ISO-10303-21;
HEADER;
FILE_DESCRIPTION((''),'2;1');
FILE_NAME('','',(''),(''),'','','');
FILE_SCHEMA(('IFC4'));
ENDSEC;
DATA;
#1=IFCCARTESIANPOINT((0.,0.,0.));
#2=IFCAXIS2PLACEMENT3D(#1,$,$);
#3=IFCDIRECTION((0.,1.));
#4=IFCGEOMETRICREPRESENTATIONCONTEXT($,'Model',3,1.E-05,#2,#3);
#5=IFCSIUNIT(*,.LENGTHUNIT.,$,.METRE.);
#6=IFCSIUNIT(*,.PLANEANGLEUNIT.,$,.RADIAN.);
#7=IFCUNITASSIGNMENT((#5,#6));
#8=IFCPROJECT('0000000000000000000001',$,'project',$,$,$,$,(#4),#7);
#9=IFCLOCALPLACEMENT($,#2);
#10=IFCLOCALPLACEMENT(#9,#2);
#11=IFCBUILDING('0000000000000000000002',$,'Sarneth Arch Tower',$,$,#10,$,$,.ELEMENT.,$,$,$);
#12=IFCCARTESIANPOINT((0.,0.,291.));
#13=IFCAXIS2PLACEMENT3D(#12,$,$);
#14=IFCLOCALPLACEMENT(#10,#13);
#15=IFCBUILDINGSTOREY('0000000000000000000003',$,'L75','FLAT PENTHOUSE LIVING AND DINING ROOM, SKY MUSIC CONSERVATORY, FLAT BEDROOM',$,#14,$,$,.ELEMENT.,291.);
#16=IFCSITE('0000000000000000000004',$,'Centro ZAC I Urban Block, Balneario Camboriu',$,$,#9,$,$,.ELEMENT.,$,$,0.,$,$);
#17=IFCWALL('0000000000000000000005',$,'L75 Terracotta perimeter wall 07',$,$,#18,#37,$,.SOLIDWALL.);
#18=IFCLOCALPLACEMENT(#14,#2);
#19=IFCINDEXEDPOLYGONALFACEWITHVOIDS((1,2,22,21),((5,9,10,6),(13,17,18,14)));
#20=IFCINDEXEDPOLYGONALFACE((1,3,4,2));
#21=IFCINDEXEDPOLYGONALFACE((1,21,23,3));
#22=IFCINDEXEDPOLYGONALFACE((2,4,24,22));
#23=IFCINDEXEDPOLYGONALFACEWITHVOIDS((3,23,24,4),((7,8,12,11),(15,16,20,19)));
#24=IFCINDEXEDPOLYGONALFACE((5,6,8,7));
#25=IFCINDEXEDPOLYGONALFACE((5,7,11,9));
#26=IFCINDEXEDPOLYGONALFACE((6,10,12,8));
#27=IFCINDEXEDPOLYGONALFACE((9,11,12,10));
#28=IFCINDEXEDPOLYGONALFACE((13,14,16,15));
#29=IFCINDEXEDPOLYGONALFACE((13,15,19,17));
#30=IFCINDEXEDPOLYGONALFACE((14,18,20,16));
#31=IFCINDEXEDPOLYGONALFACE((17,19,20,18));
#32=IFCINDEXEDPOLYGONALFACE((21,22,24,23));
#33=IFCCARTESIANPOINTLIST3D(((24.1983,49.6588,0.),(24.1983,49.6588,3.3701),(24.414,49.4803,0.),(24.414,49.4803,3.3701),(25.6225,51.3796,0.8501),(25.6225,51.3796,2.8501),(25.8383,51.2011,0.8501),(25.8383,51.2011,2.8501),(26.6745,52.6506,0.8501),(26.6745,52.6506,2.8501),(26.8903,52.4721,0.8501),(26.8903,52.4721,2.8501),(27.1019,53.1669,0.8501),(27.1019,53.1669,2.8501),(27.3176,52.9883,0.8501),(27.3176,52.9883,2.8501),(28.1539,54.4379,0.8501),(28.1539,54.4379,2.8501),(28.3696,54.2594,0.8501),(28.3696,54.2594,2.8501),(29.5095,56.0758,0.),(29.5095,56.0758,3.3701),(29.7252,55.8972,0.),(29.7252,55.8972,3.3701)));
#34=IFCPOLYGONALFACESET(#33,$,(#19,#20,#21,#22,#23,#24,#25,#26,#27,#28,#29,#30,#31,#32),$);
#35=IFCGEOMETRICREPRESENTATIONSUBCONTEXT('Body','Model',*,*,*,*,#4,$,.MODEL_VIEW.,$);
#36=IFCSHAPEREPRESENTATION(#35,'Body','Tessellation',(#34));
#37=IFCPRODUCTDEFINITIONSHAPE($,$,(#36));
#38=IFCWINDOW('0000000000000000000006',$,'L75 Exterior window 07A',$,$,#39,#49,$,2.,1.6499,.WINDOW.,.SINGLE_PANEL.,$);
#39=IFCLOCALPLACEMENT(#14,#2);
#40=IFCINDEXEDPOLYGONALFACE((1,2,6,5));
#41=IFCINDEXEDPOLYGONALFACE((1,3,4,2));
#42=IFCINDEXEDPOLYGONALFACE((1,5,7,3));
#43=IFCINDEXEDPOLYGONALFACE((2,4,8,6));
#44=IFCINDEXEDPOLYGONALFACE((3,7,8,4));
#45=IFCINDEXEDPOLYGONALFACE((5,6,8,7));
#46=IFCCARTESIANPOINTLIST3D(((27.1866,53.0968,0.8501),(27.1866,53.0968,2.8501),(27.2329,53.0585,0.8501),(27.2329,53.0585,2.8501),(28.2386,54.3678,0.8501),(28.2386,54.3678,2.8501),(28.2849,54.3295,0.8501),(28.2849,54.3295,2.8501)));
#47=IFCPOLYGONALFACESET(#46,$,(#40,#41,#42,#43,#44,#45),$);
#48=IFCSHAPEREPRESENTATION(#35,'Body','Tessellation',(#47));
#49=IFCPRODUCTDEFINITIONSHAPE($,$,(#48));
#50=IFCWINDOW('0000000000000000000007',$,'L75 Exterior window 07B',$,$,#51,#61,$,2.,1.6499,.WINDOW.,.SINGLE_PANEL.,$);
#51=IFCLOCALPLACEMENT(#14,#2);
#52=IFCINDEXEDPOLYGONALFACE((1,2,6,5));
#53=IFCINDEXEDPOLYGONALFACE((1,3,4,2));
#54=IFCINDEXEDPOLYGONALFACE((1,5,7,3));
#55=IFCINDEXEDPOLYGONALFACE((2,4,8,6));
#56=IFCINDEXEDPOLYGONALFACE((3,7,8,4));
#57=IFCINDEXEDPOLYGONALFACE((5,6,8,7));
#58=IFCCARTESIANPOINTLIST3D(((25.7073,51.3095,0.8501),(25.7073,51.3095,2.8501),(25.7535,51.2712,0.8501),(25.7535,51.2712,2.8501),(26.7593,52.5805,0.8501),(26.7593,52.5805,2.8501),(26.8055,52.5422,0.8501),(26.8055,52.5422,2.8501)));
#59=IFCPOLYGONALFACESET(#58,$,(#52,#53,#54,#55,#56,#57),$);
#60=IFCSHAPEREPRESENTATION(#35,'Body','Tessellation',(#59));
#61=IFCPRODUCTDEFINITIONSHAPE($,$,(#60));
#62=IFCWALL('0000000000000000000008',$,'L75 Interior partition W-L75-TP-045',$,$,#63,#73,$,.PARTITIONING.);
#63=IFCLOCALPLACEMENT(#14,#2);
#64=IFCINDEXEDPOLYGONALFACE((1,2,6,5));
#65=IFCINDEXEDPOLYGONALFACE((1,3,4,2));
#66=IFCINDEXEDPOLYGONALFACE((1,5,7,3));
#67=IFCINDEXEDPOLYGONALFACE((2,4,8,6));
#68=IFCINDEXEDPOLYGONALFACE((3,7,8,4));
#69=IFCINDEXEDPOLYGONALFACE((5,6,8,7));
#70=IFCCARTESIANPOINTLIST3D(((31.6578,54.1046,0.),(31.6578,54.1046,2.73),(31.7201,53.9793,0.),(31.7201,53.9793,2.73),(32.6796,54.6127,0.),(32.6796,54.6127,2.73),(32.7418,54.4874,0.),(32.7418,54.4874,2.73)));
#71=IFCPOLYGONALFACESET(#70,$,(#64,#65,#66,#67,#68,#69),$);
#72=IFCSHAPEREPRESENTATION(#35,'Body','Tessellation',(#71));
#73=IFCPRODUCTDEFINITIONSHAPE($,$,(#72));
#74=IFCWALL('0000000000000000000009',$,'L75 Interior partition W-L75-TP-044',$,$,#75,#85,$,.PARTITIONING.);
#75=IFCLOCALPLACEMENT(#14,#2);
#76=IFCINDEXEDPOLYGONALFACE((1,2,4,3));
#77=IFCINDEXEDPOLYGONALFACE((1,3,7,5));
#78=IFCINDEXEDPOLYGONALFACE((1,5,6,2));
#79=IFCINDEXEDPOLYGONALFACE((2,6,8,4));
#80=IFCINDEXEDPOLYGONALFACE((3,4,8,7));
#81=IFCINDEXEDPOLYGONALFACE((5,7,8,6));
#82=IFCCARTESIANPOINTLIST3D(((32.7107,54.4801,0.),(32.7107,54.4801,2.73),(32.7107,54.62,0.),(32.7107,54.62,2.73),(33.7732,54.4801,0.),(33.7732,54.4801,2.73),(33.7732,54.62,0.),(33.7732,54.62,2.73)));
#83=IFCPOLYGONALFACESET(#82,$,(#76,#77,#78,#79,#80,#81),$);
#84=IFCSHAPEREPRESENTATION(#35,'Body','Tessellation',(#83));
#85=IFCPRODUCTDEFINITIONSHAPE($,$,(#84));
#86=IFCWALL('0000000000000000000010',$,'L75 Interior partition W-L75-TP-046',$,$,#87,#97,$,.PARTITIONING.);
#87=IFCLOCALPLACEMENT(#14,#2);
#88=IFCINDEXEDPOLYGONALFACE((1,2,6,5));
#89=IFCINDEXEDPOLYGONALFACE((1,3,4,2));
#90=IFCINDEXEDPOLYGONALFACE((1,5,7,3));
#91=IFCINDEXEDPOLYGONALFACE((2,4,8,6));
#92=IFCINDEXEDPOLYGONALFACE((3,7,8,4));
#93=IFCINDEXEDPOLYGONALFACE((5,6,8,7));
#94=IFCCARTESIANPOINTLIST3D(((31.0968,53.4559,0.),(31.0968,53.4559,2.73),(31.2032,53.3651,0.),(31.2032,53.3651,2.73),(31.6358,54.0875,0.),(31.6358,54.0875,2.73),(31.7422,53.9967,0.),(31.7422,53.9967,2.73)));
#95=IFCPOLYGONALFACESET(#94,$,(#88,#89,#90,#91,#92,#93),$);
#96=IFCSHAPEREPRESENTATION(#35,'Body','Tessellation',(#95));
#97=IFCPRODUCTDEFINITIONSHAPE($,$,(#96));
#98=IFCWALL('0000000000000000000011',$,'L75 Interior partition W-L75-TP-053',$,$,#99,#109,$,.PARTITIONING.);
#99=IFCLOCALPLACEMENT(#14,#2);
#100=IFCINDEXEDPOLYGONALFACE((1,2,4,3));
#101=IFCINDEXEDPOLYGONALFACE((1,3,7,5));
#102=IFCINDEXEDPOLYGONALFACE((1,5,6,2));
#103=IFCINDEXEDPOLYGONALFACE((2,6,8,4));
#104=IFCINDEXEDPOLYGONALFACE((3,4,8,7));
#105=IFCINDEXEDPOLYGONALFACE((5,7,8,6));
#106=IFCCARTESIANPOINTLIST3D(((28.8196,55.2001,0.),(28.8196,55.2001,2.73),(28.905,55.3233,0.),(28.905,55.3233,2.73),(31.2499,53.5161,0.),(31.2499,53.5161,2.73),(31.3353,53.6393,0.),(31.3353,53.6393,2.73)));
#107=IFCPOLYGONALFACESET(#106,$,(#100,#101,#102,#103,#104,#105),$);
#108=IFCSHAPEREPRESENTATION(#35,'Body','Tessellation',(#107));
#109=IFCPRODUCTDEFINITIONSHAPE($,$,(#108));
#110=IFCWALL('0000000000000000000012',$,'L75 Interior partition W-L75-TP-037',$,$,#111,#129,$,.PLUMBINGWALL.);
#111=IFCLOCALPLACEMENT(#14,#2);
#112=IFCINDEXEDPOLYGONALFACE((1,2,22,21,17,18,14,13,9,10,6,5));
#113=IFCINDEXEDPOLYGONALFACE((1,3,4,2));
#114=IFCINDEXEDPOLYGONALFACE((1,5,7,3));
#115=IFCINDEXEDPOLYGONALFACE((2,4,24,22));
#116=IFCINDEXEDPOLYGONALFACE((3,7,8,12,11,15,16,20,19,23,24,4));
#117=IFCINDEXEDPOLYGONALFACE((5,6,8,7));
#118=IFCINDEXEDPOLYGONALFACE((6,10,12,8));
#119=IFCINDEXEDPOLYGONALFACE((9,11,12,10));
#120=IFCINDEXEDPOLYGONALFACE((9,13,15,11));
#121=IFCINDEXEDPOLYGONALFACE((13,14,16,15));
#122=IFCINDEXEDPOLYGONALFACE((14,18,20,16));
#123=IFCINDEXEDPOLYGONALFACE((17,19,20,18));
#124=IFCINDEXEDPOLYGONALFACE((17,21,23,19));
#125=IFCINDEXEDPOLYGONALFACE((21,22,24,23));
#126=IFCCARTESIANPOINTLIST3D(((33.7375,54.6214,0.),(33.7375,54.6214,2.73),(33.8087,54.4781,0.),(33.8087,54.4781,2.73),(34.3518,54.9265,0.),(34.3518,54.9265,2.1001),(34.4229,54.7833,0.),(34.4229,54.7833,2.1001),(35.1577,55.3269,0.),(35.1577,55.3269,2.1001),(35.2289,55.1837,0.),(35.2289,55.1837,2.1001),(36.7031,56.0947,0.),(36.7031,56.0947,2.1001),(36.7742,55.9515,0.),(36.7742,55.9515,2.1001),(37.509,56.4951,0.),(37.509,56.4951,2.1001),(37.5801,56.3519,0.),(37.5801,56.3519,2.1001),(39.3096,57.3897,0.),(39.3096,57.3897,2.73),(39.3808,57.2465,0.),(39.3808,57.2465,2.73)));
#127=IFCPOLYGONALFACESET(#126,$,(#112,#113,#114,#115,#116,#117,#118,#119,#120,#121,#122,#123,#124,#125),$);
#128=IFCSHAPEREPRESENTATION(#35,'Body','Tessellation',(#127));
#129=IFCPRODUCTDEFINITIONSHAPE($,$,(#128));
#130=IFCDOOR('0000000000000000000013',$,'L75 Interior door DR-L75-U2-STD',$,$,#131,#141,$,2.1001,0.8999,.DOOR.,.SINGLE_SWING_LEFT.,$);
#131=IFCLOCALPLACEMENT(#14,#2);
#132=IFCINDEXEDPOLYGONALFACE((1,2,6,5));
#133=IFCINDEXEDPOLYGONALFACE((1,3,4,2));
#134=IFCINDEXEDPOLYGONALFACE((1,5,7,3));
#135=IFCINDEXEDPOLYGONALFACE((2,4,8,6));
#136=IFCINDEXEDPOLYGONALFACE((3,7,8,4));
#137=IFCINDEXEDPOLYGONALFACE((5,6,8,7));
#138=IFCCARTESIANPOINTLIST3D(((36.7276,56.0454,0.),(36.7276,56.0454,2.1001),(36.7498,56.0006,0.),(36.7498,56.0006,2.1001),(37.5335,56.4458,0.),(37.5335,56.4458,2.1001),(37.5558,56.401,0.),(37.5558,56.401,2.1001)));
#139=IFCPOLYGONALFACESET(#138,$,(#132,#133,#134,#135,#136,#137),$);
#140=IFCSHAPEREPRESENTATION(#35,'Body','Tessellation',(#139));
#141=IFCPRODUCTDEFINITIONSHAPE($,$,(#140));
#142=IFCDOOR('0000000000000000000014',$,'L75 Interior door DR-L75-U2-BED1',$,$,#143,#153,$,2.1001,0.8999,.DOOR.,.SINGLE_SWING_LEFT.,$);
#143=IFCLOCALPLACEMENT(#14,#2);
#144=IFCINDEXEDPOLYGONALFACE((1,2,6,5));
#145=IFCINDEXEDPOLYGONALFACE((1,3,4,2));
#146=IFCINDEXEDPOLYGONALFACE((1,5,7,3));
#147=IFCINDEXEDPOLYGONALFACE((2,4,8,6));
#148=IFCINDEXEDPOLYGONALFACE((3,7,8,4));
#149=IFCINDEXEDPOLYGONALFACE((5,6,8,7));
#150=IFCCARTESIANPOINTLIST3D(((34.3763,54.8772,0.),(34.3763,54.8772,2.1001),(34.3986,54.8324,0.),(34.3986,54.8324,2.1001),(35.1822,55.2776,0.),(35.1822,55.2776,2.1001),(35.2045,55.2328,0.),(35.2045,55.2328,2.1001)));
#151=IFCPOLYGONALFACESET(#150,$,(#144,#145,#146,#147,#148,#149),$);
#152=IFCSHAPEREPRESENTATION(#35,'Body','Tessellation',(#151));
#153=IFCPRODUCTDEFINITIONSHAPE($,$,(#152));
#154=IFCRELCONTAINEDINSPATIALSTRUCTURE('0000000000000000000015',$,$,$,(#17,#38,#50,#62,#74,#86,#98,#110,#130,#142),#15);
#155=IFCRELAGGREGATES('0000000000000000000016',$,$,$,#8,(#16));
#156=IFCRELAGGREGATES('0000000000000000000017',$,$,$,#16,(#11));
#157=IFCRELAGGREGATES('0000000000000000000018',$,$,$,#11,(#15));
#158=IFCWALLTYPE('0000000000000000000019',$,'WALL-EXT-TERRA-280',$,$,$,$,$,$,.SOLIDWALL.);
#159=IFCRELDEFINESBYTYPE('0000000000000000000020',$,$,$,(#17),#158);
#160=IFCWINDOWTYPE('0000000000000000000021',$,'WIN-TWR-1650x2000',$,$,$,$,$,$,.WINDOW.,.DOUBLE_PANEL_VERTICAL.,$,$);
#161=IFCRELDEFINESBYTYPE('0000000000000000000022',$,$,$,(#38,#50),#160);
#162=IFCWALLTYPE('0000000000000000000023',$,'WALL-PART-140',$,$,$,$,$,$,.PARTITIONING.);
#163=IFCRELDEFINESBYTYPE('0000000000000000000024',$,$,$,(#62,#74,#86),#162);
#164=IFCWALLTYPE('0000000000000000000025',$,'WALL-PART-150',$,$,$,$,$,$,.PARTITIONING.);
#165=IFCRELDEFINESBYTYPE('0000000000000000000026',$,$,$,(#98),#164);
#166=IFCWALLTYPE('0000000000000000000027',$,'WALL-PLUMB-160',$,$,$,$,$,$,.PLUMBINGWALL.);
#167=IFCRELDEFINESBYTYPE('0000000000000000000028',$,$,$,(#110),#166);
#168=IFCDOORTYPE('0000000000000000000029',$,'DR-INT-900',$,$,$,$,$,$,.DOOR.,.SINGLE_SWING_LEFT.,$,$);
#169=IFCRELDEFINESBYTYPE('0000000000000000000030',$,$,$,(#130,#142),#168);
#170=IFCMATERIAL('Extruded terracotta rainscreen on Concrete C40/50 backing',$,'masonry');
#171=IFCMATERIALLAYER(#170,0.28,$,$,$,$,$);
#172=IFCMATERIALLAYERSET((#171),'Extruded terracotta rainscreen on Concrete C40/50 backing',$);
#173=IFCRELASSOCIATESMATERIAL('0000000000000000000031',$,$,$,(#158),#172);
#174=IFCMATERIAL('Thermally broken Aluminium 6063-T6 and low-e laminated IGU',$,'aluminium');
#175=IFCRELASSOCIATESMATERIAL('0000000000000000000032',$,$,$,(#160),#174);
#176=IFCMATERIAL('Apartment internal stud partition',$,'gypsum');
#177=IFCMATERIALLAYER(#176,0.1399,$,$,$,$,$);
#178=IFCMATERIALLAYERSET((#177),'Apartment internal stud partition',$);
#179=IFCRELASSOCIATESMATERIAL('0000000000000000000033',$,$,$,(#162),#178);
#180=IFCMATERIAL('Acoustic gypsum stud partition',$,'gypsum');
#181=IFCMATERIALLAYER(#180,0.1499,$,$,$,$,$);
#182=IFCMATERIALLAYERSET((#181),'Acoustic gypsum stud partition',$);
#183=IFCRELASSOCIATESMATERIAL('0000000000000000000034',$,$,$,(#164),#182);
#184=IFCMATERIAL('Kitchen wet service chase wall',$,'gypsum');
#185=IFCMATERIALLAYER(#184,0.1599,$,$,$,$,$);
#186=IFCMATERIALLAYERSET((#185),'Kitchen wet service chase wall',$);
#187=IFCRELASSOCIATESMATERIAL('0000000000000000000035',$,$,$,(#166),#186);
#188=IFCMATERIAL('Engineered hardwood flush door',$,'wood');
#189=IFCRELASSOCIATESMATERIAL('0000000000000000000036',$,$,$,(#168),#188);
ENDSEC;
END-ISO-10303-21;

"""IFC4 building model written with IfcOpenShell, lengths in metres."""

from ifc_helpers import new_model, si_unit, direction, frame, frame_2d, origin, place, context, subcontext, project, spatial, rectangle, extrude, material, layer, layer_set, type_object, element, fill, save


model = new_model("IFC4")

# Units and contexts
model_context = context("Model", 3, precision=1e-05, world=origin(), true_north=direction((0.0, 1.0)))
body_context = subcontext(model_context, "Body", "Model", "MODEL_VIEW")
ifc_project = project(units=[si_unit("LENGTHUNIT", "METRE"), si_unit("PLANEANGLEUNIT", "RADIAN")], contexts=[model_context])

# Site, building, storey
site_placement = place(None, origin())
site = spatial("IfcSite", under=ifc_project, at=site_placement, Name="Centro ZAC I Urban Block, Balneario Camboriu", CompositionType="ELEMENT", RefElevation=0.0)
building_placement = place(site_placement, origin())
building = spatial("IfcBuilding", under=site, at=building_placement, Name="Sarneth Arch Tower", CompositionType="ELEMENT")
storey_placement = place(building_placement, frame((0.0, 0.0, 291.0)))
storey = spatial("IfcBuildingStorey", under=building, at=storey_placement, Name="L75", Description="FLAT PENTHOUSE LIVING AND DINING ROOM, SKY MUSIC CONSERVATORY, FLAT BEDROOM", CompositionType="ELEMENT", Elevation=291.0)

# Wall, openings, windows
ifc_material_1 = material(Name="Extruded terracotta rainscreen on Concrete C40/50 backing", Category="masonry")
ifc_layer_1 = layer(ifc_material_1, 0.28)
ifc_layer_set_1 = layer_set([ifc_layer_1], Name="Extruded terracotta rainscreen on Concrete C40/50 backing")
wall_type_1 = type_object("IfcWallType", Name="WALL-EXT-TERRA-280", PredefinedType="SOLIDWALL", material=ifc_layer_set_1)
wall_1_placement = place(storey_placement, frame((29.6174, 55.9866, 0.0), z_axis=(0.0, 0.0, 1.0), x_axis=(-0.637615, -0.770355, 0.0)))
wall_1 = element("IfcWall", 1, at=wall_1_placement, inside=storey, type_object=wall_type_1, Name="L75 Terracotta perimeter wall 07", PredefinedType="SOLIDWALL", context=body_context, shape_type="SweptSolid", body=[
    extrude(rectangle(XDim=8.3298, YDim=0.28, at=frame_2d((4.165, 0.0))), origin(), (0.0, 0.0, 1.0), 3.3701),
])
opening_1_placement = place(wall_1_placement, frame((2.1262, 0.0, 0.8501)))
opening_1 = element("IfcOpeningElement", 2, at=opening_1_placement, cuts=wall_1, PredefinedType="OPENING", context=body_context, shape_type="SweptSolid", body=[
    extrude(rectangle(XDim=1.6499, YDim=2.0, at=frame_2d((0.825, 1.0))), frame((0.0, 0.1499, 0.0), z_axis=(0.0, -1.0, 0.0), x_axis=(1.0, 0.0, 0.0)), (0.0, 0.0, 1.0), 0.3),
])
opening_2_placement = place(wall_1_placement, frame((4.4463, 0.0, 0.8501)))
opening_2 = element("IfcOpeningElement", 3, at=opening_2_placement, cuts=wall_1, PredefinedType="OPENING", context=body_context, shape_type="SweptSolid", body=[
    extrude(rectangle(XDim=1.6499, YDim=2.0, at=frame_2d((0.825, 1.0))), frame((0.0, 0.1499, 0.0), z_axis=(0.0, -1.0, 0.0), x_axis=(1.0, 0.0, 0.0)), (0.0, 0.0, 1.0), 0.3),
])
ifc_material_2 = material(Name="Thermally broken Aluminium 6063-T6 and low-e laminated IGU", Category="aluminium")
window_type = type_object("IfcWindowType", Name="WIN-TWR-1650x2000", PartitioningType="DOUBLE_PANEL_VERTICAL", PredefinedType="WINDOW", material=ifc_material_2)
window_1_placement = place(opening_1_placement, origin())
window_1 = element("IfcWindow", 4, at=window_1_placement, inside=storey, type_object=window_type, Name="L75 Exterior window 07A", OverallHeight=2.0, OverallWidth=1.6499, PartitioningType="SINGLE_PANEL", PredefinedType="WINDOW", context=body_context, shape_type="SweptSolid", body=[
    extrude(rectangle(XDim=1.6499, YDim=2.0, at=frame_2d((0.825, 1.0))), frame((0.0, 0.03, 0.0), z_axis=(0.0, -1.0, 0.0), x_axis=(1.0, 0.0, 0.0)), (0.0, 0.0, 1.0), 0.0601),
])
fill(opening_1, window_1)
window_2_placement = place(opening_2_placement, origin())
window_2 = element("IfcWindow", 5, at=window_2_placement, inside=storey, type_object=window_type, Name="L75 Exterior window 07B", OverallHeight=2.0, OverallWidth=1.6499, PartitioningType="SINGLE_PANEL", PredefinedType="WINDOW", context=body_context, shape_type="SweptSolid", body=[
    extrude(rectangle(XDim=1.6499, YDim=2.0, at=frame_2d((0.825, 1.0))), frame((0.0, 0.03, 0.0), z_axis=(0.0, -1.0, 0.0), x_axis=(1.0, 0.0, 0.0)), (0.0, 0.0, 1.0), 0.0601),
])
fill(opening_2, window_2)

# Walls
ifc_material_3 = material(Name="Apartment internal stud partition", Category="gypsum")
ifc_layer_2 = layer(ifc_material_3, 0.1399)
ifc_layer_set_2 = layer_set([ifc_layer_2], Name="Apartment internal stud partition")
wall_type_2 = type_object("IfcWallType", Name="WALL-PART-140", PredefinedType="PARTITIONING", material=ifc_layer_set_2)
wall_2_placement = place(storey_placement, frame((32.7107, 54.55, 0.0), z_axis=(0.0, 0.0, 1.0), x_axis=(-0.895409, -0.445244, 0.0)))
element("IfcWall", 6, at=wall_2_placement, inside=storey, type_object=wall_type_2, Name="L75 Interior partition W-L75-TP-045", PredefinedType="PARTITIONING", context=body_context, shape_type="SweptSolid", body=[
    extrude(rectangle(XDim=1.1411, YDim=0.1399, at=frame_2d((0.5706, 0.0))), origin(), (0.0, 0.0, 1.0), 2.73),
])
wall_3_placement = place(storey_placement, frame((33.7732, 54.55, 0.0), z_axis=(0.0, 0.0, 1.0), x_axis=(-1.0, 0.0, 0.0)))
element("IfcWall", 7, at=wall_3_placement, inside=storey, type_object=wall_type_2, Name="L75 Interior partition W-L75-TP-044", PredefinedType="PARTITIONING", context=body_context, shape_type="SweptSolid", body=[
    extrude(rectangle(XDim=1.0625, YDim=0.1399, at=frame_2d((0.5312, 0.0))), origin(), (0.0, 0.0, 1.0), 2.73),
])
wall_4_placement = place(storey_placement, frame((31.689, 54.042, 0.0), z_axis=(0.0, 0.0, 1.0), x_axis=(-0.649192, -0.760625, 0.0)))
element("IfcWall", 8, at=wall_4_placement, inside=storey, type_object=wall_type_2, Name="L75 Interior partition W-L75-TP-046", PredefinedType="PARTITIONING", context=body_context, shape_type="SweptSolid", body=[
    extrude(rectangle(XDim=0.8303, YDim=0.1399, at=frame_2d((0.415, 0.0))), origin(), (0.0, 0.0, 1.0), 2.73),
])
ifc_material_4 = material(Name="Acoustic gypsum stud partition", Category="gypsum")
ifc_layer_3 = layer(ifc_material_4, 0.1499)
ifc_layer_set_3 = layer_set([ifc_layer_3], Name="Acoustic gypsum stud partition")
wall_type_3 = type_object("IfcWallType", Name="WALL-PART-150", PredefinedType="PARTITIONING", material=ifc_layer_set_3)
wall_5_placement = place(storey_placement, frame((31.2927, 53.5776, 0.0), z_axis=(0.0, 0.0, 1.0), x_axis=(-0.821957, 0.569549, 0.0)))
element("IfcWall", 9, at=wall_5_placement, inside=storey, type_object=wall_type_3, Name="L75 Interior partition W-L75-TP-053", PredefinedType="PARTITIONING", context=body_context, shape_type="SweptSolid", body=[
    extrude(rectangle(XDim=2.9568, YDim=0.1499, at=frame_2d((1.4785, 0.0))), origin(), (0.0, 0.0, 1.0), 2.73),
])

# Wall, openings, doors
ifc_material_5 = material(Name="Kitchen wet service chase wall", Category="gypsum")
ifc_layer_4 = layer(ifc_material_5, 0.1599)
ifc_layer_set_4 = layer_set([ifc_layer_4], Name="Kitchen wet service chase wall")
wall_type_4 = type_object("IfcWallType", Name="WALL-PLUMB-160", PredefinedType="PLUMBINGWALL", material=ifc_layer_set_4)
wall_6_placement = place(storey_placement, frame((33.7732, 54.5498, 0.0), z_axis=(0.0, 0.0, 1.0), x_axis=(0.895562, 0.444936, 0.0)))
wall_6 = element("IfcWall", 10, at=wall_6_placement, inside=storey, type_object=wall_type_4, Name="L75 Interior partition W-L75-TP-037", PredefinedType="PLUMBINGWALL", context=body_context, shape_type="SweptSolid", body=[
    extrude(rectangle(XDim=6.2219, YDim=0.1599, at=frame_2d((3.1108, 0.0))), origin(), (0.0, 0.0, 1.0), 2.73),
])
opening_3_placement = place(wall_6_placement, frame((3.3113, 0.0, 0.0)))
opening_3 = element("IfcOpeningElement", 11, at=opening_3_placement, cuts=wall_6, PredefinedType="OPENING", context=body_context, shape_type="SweptSolid", body=[
    extrude(rectangle(XDim=0.8999, YDim=2.1001, at=frame_2d((0.45, 1.05))), frame((0.0, 0.0898, 0.0), z_axis=(0.0, -1.0, 0.0), x_axis=(1.0, 0.0, 0.0)), (0.0, 0.0, 1.0), 0.1799),
])
opening_4_placement = place(wall_6_placement, frame((0.6858, 0.0, 0.0)))
opening_4 = element("IfcOpeningElement", 12, at=opening_4_placement, cuts=wall_6, PredefinedType="OPENING", context=body_context, shape_type="SweptSolid", body=[
    extrude(rectangle(XDim=0.8999, YDim=2.1001, at=frame_2d((0.45, 1.05))), frame((0.0, 0.0898, 0.0), z_axis=(0.0, -1.0, 0.0), x_axis=(1.0, 0.0, 0.0)), (0.0, 0.0, 1.0), 0.1799),
])
ifc_material_6 = material(Name="Engineered hardwood flush door", Category="wood")
door_type = type_object("IfcDoorType", Name="DR-INT-900", OperationType="SINGLE_SWING_LEFT", PredefinedType="DOOR", material=ifc_material_6)
door_1_placement = place(opening_3_placement, origin())
door_1 = element("IfcDoor", 13, at=door_1_placement, inside=storey, type_object=door_type, Name="L75 Interior door DR-L75-U2-STD", OperationType="SINGLE_SWING_LEFT", OverallHeight=2.1001, OverallWidth=0.8999, PredefinedType="DOOR", context=body_context, shape_type="SweptSolid", body=[
    extrude(rectangle(XDim=0.8999, YDim=2.1001, at=frame_2d((0.45, 1.05))), frame((0.0, 0.0249, 0.0), z_axis=(0.0, -1.0, 0.0), x_axis=(1.0, 0.0, 0.0)), (0.0, 0.0, 1.0), 0.05),
])
fill(opening_3, door_1)
door_2_placement = place(opening_4_placement, origin())
door_2 = element("IfcDoor", 14, at=door_2_placement, inside=storey, type_object=door_type, Name="L75 Interior door DR-L75-U2-BED1", OperationType="SINGLE_SWING_LEFT", OverallHeight=2.1001, OverallWidth=0.8999, PredefinedType="DOOR", context=body_context, shape_type="SweptSolid", body=[
    extrude(rectangle(XDim=0.8999, YDim=2.1001, at=frame_2d((0.45, 1.05))), frame((0.0, 0.0249, 0.0), z_axis=(0.0, -1.0, 0.0), x_axis=(1.0, 0.0, 0.0)), (0.0, 0.0, 1.0), 0.05),
])
fill(opening_4, door_2)

save(model, "model.ifc")
